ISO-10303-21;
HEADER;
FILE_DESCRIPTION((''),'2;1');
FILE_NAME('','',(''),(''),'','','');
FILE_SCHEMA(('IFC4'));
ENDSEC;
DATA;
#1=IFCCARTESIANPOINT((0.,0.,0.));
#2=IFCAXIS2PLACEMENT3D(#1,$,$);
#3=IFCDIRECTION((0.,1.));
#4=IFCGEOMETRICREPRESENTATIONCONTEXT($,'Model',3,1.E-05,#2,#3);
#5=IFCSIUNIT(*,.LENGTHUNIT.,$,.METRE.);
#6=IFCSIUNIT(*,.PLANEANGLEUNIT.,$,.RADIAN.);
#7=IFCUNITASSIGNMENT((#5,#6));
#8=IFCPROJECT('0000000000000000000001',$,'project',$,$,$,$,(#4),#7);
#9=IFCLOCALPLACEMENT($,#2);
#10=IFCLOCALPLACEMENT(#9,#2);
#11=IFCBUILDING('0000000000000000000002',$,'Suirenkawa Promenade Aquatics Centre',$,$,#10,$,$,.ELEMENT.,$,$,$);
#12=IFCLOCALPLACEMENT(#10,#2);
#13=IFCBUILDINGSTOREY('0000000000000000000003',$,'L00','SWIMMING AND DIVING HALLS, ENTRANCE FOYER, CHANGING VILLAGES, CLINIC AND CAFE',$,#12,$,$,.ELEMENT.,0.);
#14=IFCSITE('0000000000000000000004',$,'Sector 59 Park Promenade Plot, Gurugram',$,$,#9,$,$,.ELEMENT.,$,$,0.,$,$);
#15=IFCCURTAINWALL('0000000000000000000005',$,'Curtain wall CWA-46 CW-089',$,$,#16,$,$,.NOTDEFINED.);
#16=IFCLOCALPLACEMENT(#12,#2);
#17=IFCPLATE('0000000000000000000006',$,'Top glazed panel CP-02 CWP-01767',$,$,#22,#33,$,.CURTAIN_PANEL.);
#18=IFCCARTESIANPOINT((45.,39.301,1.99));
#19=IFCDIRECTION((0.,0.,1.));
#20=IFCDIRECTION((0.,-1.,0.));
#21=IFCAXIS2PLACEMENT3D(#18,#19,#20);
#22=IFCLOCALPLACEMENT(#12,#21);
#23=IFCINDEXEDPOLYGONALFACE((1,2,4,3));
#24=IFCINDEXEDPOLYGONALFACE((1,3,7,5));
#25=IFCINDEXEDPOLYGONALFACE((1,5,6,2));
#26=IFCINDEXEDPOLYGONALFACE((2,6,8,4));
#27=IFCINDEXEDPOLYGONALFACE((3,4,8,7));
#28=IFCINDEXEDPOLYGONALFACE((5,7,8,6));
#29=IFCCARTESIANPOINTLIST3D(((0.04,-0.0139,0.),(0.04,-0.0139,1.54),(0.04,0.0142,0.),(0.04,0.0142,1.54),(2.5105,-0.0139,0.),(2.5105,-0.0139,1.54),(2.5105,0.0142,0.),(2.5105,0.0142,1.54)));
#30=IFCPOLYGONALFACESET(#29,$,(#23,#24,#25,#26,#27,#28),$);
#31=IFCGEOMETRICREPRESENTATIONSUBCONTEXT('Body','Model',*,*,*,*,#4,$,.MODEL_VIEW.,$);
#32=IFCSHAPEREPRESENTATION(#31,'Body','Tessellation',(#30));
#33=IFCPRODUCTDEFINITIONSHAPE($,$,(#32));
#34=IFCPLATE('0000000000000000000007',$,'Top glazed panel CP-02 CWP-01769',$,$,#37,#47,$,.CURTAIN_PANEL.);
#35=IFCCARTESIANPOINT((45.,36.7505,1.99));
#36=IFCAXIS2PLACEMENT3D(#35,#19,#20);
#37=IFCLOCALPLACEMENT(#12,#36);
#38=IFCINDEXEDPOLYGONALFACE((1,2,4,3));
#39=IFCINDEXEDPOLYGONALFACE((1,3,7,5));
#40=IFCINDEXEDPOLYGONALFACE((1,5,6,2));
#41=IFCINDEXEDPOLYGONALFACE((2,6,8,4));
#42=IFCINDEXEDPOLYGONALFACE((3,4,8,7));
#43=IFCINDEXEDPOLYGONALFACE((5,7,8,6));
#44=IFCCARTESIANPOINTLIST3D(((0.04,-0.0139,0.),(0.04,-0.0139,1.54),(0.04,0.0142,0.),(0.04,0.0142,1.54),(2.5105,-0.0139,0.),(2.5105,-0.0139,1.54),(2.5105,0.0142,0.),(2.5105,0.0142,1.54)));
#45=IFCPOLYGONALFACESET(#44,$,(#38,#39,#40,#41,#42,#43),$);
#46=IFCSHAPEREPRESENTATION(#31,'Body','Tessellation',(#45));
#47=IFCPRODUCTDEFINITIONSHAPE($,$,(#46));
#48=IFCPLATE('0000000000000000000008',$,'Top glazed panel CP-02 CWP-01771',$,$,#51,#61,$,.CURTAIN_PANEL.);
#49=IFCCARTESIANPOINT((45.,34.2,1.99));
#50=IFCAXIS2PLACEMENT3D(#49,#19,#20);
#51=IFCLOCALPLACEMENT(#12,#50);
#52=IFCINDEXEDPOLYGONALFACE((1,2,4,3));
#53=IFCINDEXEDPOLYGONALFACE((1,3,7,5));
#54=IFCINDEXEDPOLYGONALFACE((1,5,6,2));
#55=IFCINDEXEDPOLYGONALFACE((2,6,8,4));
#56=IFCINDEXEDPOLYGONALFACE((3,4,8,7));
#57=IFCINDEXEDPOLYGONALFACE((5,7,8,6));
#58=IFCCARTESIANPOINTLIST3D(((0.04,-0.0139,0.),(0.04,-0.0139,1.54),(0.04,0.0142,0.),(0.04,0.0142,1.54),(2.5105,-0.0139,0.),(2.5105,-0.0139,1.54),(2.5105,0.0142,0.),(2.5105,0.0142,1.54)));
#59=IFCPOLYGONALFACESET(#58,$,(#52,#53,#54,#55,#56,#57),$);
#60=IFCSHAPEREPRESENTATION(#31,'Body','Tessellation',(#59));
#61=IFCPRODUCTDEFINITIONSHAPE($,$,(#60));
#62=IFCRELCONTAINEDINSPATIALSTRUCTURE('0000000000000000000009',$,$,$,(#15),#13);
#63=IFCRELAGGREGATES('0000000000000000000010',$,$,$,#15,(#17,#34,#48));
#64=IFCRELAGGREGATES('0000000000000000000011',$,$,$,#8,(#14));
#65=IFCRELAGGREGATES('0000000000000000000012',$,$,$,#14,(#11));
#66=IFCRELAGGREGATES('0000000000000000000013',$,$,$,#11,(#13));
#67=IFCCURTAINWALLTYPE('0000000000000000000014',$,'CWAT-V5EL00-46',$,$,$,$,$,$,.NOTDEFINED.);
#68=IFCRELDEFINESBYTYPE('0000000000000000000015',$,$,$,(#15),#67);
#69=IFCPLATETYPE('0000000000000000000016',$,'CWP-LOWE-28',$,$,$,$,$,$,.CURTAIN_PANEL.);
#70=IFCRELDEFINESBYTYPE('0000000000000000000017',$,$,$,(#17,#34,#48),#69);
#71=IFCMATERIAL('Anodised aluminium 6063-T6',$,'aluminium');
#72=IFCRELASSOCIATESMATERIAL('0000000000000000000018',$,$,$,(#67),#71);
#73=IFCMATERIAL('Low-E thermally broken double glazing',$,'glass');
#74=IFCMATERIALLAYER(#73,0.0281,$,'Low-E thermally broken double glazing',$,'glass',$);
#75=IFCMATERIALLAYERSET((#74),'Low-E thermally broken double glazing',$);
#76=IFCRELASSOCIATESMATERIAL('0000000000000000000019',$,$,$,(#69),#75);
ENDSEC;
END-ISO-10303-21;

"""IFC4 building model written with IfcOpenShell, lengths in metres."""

from ifc_helpers import new_model, si_unit, direction, frame, origin, place, context, subcontext, project, spatial, polyline, outline, extrude, material, layer, layer_set, type_object, element, aggregate, save


model = new_model("IFC4")

# Units and contexts
model_context = context("Model", 3, precision=1e-05, world=origin(), true_north=direction((0.0, 1.0)))
body_context = subcontext(model_context, "Body", "Model", "MODEL_VIEW")
ifc_project = project(units=[si_unit("LENGTHUNIT", "METRE"), si_unit("PLANEANGLEUNIT", "RADIAN")], contexts=[model_context])

# Site, building, storey
site_placement = place(None, origin())
site = spatial("IfcSite", under=ifc_project, at=site_placement, Name="Sector 59 Park Promenade Plot, Gurugram", CompositionType="ELEMENT", RefElevation=0.0)
building_placement = place(site_placement, origin())
building = spatial("IfcBuilding", under=site, at=building_placement, Name="Suirenkawa Promenade Aquatics Centre", CompositionType="ELEMENT")
storey_placement = place(building_placement, origin())
storey = spatial("IfcBuildingStorey", under=building, at=storey_placement, Name="L00", Description="SWIMMING AND DIVING HALLS, ENTRANCE FOYER, CHANGING VILLAGES, CLINIC AND CAFE", CompositionType="ELEMENT", Elevation=0.0)

# Curtain wall
ifc_material_1 = material(Name="Anodised aluminium 6063-T6", Category="aluminium")
curtain_wall_type_1 = type_object("IfcCurtainWallType", Name="CWAT-V5EL00-46", PredefinedType="NOTDEFINED", material=ifc_material_1)
curtain_wall_1_placement = place(storey_placement, origin())
curtain_wall_1 = element("IfcCurtainWall", 1, at=curtain_wall_1_placement, inside=storey, type_object=curtain_wall_type_1, Name="Curtain wall CWA-46 CW-089", PredefinedType="NOTDEFINED")

# Plates
ifc_material_2 = material(Name="Low-E thermally broken double glazing", Category="glass")
ifc_layer_1 = layer(ifc_material_2, 0.0281, Name="Low-E thermally broken double glazing", Category="glass")
ifc_layer_set_1 = layer_set([ifc_layer_1], Name="Low-E thermally broken double glazing")
plate_type = type_object("IfcPlateType", Name="CWP-LOWE-28", PredefinedType="CURTAIN_PANEL", material=ifc_layer_set_1)
plate_1_placement = place(storey_placement, frame((45.0, 39.301, 1.99), z_axis=(0.0, 0.0, 1.0), x_axis=(0.0, -1.0, 0.0)))
plate_1 = element("IfcPlate", 2, at=plate_1_placement, type_object=plate_type, Name="Top glazed panel CP-02 CWP-01767", PredefinedType="CURTAIN_PANEL", context=body_context, shape_type="SweptSolid", body=[
    extrude(outline(polyline([(0.04, 0.0), (2.5105, 0.0), (2.5105, 1.54), (0.04, 1.54), (0.04, 0.0)])), frame((0.0, 0.0142, 0.0), z_axis=(0.0, -1.0, 0.0), x_axis=(1.0, 0.0, 0.0)), (0.0, 0.0, 1.0), 0.0281),
])
plate_2_placement = place(storey_placement, frame((45.0, 36.7505, 1.99), z_axis=(0.0, 0.0, 1.0), x_axis=(0.0, -1.0, 0.0)))
plate_2 = element("IfcPlate", 3, at=plate_2_placement, type_object=plate_type, Name="Top glazed panel CP-02 CWP-01769", PredefinedType="CURTAIN_PANEL", context=body_context, shape_type="SweptSolid", body=[
    extrude(outline(polyline([(0.04, 0.0), (2.5105, 0.0), (2.5105, 1.54), (0.04, 1.54), (0.04, 0.0)])), frame((0.0, 0.0142, 0.0), z_axis=(0.0, -1.0, 0.0), x_axis=(1.0, 0.0, 0.0)), (0.0, 0.0, 1.0), 0.0281),
])
plate_3_placement = place(storey_placement, frame((45.0, 34.2, 1.99), z_axis=(0.0, 0.0, 1.0), x_axis=(0.0, -1.0, 0.0)))
plate_3 = element("IfcPlate", 4, at=plate_3_placement, type_object=plate_type, Name="Top glazed panel CP-02 CWP-01771", PredefinedType="CURTAIN_PANEL", context=body_context, shape_type="SweptSolid", body=[
    extrude(outline(polyline([(0.04, 0.0), (2.5105, 0.0), (2.5105, 1.54), (0.04, 1.54), (0.04, 0.0)])), frame((0.0, 0.0142, 0.0), z_axis=(0.0, -1.0, 0.0), x_axis=(1.0, 0.0, 0.0)), (0.0, 0.0, 1.0), 0.0281),
])
aggregate(curtain_wall_1, [plate_1, plate_2, plate_3])

save(model, "model.ifc")
